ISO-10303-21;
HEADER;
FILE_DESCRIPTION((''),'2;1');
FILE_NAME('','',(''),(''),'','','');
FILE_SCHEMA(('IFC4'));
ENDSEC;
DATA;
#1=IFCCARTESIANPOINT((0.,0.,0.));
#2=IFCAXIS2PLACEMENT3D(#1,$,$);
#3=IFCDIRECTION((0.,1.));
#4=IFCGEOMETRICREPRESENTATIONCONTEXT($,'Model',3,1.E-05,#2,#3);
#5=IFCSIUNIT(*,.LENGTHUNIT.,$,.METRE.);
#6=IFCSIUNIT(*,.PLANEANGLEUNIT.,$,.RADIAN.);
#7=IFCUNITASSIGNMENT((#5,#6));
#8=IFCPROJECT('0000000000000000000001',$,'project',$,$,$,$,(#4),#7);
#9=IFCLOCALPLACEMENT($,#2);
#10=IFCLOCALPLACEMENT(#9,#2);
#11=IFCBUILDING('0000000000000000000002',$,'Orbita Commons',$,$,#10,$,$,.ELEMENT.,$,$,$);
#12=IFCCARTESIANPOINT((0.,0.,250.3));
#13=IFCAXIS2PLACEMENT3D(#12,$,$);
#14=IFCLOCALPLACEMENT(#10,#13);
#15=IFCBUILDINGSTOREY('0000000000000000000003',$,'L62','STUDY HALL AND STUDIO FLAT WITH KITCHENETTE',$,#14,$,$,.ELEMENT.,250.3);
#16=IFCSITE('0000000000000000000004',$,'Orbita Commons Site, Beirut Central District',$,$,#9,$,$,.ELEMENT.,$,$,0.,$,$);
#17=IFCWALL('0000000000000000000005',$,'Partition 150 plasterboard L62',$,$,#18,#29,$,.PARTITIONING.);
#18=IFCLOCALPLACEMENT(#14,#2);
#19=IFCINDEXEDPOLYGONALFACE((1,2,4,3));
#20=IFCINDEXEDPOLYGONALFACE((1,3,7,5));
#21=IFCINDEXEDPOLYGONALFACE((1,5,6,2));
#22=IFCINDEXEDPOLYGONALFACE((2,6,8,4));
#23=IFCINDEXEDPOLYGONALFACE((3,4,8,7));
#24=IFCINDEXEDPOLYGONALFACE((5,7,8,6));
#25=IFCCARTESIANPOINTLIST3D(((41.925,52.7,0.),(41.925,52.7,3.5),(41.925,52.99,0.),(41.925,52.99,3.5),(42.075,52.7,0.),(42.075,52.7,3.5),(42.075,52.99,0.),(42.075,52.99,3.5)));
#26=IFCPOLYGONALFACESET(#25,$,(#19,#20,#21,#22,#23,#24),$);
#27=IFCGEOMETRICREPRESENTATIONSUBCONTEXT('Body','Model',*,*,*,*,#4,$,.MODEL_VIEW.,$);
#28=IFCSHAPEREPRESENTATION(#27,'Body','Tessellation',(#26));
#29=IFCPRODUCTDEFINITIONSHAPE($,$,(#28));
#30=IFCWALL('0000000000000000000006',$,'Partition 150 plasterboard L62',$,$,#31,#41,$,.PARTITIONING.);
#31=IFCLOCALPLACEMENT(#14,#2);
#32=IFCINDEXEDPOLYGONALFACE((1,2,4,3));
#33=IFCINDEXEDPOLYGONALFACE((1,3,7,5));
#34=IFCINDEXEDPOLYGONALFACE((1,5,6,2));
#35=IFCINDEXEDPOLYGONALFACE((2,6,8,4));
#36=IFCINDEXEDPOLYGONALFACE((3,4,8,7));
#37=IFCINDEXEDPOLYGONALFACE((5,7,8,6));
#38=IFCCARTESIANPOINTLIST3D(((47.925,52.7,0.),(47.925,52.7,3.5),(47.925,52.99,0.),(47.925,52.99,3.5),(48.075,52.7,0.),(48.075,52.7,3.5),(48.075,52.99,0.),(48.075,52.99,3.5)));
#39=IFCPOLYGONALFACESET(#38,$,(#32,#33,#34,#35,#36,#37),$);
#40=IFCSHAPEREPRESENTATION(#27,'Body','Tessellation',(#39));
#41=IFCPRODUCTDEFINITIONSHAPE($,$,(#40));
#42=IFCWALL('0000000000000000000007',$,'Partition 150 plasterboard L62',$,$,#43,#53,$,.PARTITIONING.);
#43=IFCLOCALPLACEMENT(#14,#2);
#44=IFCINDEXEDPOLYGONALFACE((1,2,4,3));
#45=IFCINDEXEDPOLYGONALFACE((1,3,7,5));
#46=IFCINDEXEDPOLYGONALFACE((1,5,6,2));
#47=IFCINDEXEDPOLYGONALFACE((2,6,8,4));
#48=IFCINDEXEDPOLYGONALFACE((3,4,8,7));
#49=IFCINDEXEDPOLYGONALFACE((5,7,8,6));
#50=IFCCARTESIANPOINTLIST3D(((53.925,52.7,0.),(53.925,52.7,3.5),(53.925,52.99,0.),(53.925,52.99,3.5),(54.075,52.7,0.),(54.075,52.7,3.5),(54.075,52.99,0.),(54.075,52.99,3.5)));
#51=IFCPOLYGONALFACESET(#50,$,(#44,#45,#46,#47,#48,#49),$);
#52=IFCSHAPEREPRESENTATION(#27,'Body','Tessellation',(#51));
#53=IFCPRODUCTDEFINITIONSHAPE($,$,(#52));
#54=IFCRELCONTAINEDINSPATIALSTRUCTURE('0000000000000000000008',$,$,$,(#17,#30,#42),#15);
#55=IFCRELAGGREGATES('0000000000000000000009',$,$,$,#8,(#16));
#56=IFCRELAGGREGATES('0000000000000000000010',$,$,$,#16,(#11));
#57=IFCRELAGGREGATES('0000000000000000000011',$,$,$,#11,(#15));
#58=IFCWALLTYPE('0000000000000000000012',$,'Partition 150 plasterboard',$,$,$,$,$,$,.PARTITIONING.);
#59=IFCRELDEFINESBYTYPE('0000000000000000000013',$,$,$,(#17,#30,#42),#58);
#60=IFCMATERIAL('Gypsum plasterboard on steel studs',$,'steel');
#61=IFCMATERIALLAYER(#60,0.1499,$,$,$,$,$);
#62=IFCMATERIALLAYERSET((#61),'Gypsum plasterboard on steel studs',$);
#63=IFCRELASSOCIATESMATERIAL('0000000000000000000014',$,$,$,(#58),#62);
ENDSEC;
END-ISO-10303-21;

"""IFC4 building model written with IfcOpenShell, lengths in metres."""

from ifc_helpers import new_model, si_unit, direction, frame, frame_2d, origin, place, context, subcontext, project, spatial, rectangle, extrude, material, layer, layer_set, type_object, element, save


model = new_model("IFC4")

# Units and contexts
model_context = context("Model", 3, precision=1e-05, world=origin(), true_north=direction((0.0, 1.0)))
body_context = subcontext(model_context, "Body", "Model", "MODEL_VIEW")
ifc_project = project(units=[si_unit("LENGTHUNIT", "METRE"), si_unit("PLANEANGLEUNIT", "RADIAN")], contexts=[model_context])

# Site, building, storey
site_placement = place(None, origin())
site = spatial("IfcSite", under=ifc_project, at=site_placement, Name="Orbita Commons Site, Beirut Central District", CompositionType="ELEMENT", RefElevation=0.0)
building_placement = place(site_placement, origin())
building = spatial("IfcBuilding", under=site, at=building_placement, Name="Orbita Commons", CompositionType="ELEMENT")
storey_placement = place(building_placement, frame((0.0, 0.0, 250.3)))
storey = spatial("IfcBuildingStorey", under=building, at=storey_placement, Name="L62", Description="STUDY HALL AND STUDIO FLAT WITH KITCHENETTE", CompositionType="ELEMENT", Elevation=250.3)

# Walls
ifc_material_1 = material(Name="Gypsum plasterboard on steel studs", Category="steel")
ifc_layer_1 = layer(ifc_material_1, 0.1499)
ifc_layer_set_1 = layer_set([ifc_layer_1], Name="Gypsum plasterboard on steel studs")
wall_type_1 = type_object("IfcWallType", Name="Partition 150 plasterboard", PredefinedType="PARTITIONING", material=ifc_layer_set_1)
for number, where, z_axis, x_axis, name in (
    (1, (42.0, 52.7, 0.0), (0.0, 0.0, 1.0), (0.0, 1.0, 0.0), "Partition 150 plasterboard L62"),
    (2, (48.0, 52.7, 0.0), (0.0, 0.0, 1.0), (0.0, 1.0, 0.0), "Partition 150 plasterboard L62"),
    (3, (54.0, 52.7, 0.0), (0.0, 0.0, 1.0), (0.0, 1.0, 0.0), "Partition 150 plasterboard L62"),
):
    element("IfcWall", number, at=place(storey_placement, frame(where, z_axis=z_axis, x_axis=x_axis)), inside=storey, type_object=wall_type_1, Name=name, PredefinedType="PARTITIONING", context=body_context, shape_type="SweptSolid", body=[
        extrude(rectangle(XDim=0.29, YDim=0.1499, at=frame_2d((0.145, 0.0))), origin(), (0.0, 0.0, 1.0), 3.5),
    ])

save(model, "model.ifc")
